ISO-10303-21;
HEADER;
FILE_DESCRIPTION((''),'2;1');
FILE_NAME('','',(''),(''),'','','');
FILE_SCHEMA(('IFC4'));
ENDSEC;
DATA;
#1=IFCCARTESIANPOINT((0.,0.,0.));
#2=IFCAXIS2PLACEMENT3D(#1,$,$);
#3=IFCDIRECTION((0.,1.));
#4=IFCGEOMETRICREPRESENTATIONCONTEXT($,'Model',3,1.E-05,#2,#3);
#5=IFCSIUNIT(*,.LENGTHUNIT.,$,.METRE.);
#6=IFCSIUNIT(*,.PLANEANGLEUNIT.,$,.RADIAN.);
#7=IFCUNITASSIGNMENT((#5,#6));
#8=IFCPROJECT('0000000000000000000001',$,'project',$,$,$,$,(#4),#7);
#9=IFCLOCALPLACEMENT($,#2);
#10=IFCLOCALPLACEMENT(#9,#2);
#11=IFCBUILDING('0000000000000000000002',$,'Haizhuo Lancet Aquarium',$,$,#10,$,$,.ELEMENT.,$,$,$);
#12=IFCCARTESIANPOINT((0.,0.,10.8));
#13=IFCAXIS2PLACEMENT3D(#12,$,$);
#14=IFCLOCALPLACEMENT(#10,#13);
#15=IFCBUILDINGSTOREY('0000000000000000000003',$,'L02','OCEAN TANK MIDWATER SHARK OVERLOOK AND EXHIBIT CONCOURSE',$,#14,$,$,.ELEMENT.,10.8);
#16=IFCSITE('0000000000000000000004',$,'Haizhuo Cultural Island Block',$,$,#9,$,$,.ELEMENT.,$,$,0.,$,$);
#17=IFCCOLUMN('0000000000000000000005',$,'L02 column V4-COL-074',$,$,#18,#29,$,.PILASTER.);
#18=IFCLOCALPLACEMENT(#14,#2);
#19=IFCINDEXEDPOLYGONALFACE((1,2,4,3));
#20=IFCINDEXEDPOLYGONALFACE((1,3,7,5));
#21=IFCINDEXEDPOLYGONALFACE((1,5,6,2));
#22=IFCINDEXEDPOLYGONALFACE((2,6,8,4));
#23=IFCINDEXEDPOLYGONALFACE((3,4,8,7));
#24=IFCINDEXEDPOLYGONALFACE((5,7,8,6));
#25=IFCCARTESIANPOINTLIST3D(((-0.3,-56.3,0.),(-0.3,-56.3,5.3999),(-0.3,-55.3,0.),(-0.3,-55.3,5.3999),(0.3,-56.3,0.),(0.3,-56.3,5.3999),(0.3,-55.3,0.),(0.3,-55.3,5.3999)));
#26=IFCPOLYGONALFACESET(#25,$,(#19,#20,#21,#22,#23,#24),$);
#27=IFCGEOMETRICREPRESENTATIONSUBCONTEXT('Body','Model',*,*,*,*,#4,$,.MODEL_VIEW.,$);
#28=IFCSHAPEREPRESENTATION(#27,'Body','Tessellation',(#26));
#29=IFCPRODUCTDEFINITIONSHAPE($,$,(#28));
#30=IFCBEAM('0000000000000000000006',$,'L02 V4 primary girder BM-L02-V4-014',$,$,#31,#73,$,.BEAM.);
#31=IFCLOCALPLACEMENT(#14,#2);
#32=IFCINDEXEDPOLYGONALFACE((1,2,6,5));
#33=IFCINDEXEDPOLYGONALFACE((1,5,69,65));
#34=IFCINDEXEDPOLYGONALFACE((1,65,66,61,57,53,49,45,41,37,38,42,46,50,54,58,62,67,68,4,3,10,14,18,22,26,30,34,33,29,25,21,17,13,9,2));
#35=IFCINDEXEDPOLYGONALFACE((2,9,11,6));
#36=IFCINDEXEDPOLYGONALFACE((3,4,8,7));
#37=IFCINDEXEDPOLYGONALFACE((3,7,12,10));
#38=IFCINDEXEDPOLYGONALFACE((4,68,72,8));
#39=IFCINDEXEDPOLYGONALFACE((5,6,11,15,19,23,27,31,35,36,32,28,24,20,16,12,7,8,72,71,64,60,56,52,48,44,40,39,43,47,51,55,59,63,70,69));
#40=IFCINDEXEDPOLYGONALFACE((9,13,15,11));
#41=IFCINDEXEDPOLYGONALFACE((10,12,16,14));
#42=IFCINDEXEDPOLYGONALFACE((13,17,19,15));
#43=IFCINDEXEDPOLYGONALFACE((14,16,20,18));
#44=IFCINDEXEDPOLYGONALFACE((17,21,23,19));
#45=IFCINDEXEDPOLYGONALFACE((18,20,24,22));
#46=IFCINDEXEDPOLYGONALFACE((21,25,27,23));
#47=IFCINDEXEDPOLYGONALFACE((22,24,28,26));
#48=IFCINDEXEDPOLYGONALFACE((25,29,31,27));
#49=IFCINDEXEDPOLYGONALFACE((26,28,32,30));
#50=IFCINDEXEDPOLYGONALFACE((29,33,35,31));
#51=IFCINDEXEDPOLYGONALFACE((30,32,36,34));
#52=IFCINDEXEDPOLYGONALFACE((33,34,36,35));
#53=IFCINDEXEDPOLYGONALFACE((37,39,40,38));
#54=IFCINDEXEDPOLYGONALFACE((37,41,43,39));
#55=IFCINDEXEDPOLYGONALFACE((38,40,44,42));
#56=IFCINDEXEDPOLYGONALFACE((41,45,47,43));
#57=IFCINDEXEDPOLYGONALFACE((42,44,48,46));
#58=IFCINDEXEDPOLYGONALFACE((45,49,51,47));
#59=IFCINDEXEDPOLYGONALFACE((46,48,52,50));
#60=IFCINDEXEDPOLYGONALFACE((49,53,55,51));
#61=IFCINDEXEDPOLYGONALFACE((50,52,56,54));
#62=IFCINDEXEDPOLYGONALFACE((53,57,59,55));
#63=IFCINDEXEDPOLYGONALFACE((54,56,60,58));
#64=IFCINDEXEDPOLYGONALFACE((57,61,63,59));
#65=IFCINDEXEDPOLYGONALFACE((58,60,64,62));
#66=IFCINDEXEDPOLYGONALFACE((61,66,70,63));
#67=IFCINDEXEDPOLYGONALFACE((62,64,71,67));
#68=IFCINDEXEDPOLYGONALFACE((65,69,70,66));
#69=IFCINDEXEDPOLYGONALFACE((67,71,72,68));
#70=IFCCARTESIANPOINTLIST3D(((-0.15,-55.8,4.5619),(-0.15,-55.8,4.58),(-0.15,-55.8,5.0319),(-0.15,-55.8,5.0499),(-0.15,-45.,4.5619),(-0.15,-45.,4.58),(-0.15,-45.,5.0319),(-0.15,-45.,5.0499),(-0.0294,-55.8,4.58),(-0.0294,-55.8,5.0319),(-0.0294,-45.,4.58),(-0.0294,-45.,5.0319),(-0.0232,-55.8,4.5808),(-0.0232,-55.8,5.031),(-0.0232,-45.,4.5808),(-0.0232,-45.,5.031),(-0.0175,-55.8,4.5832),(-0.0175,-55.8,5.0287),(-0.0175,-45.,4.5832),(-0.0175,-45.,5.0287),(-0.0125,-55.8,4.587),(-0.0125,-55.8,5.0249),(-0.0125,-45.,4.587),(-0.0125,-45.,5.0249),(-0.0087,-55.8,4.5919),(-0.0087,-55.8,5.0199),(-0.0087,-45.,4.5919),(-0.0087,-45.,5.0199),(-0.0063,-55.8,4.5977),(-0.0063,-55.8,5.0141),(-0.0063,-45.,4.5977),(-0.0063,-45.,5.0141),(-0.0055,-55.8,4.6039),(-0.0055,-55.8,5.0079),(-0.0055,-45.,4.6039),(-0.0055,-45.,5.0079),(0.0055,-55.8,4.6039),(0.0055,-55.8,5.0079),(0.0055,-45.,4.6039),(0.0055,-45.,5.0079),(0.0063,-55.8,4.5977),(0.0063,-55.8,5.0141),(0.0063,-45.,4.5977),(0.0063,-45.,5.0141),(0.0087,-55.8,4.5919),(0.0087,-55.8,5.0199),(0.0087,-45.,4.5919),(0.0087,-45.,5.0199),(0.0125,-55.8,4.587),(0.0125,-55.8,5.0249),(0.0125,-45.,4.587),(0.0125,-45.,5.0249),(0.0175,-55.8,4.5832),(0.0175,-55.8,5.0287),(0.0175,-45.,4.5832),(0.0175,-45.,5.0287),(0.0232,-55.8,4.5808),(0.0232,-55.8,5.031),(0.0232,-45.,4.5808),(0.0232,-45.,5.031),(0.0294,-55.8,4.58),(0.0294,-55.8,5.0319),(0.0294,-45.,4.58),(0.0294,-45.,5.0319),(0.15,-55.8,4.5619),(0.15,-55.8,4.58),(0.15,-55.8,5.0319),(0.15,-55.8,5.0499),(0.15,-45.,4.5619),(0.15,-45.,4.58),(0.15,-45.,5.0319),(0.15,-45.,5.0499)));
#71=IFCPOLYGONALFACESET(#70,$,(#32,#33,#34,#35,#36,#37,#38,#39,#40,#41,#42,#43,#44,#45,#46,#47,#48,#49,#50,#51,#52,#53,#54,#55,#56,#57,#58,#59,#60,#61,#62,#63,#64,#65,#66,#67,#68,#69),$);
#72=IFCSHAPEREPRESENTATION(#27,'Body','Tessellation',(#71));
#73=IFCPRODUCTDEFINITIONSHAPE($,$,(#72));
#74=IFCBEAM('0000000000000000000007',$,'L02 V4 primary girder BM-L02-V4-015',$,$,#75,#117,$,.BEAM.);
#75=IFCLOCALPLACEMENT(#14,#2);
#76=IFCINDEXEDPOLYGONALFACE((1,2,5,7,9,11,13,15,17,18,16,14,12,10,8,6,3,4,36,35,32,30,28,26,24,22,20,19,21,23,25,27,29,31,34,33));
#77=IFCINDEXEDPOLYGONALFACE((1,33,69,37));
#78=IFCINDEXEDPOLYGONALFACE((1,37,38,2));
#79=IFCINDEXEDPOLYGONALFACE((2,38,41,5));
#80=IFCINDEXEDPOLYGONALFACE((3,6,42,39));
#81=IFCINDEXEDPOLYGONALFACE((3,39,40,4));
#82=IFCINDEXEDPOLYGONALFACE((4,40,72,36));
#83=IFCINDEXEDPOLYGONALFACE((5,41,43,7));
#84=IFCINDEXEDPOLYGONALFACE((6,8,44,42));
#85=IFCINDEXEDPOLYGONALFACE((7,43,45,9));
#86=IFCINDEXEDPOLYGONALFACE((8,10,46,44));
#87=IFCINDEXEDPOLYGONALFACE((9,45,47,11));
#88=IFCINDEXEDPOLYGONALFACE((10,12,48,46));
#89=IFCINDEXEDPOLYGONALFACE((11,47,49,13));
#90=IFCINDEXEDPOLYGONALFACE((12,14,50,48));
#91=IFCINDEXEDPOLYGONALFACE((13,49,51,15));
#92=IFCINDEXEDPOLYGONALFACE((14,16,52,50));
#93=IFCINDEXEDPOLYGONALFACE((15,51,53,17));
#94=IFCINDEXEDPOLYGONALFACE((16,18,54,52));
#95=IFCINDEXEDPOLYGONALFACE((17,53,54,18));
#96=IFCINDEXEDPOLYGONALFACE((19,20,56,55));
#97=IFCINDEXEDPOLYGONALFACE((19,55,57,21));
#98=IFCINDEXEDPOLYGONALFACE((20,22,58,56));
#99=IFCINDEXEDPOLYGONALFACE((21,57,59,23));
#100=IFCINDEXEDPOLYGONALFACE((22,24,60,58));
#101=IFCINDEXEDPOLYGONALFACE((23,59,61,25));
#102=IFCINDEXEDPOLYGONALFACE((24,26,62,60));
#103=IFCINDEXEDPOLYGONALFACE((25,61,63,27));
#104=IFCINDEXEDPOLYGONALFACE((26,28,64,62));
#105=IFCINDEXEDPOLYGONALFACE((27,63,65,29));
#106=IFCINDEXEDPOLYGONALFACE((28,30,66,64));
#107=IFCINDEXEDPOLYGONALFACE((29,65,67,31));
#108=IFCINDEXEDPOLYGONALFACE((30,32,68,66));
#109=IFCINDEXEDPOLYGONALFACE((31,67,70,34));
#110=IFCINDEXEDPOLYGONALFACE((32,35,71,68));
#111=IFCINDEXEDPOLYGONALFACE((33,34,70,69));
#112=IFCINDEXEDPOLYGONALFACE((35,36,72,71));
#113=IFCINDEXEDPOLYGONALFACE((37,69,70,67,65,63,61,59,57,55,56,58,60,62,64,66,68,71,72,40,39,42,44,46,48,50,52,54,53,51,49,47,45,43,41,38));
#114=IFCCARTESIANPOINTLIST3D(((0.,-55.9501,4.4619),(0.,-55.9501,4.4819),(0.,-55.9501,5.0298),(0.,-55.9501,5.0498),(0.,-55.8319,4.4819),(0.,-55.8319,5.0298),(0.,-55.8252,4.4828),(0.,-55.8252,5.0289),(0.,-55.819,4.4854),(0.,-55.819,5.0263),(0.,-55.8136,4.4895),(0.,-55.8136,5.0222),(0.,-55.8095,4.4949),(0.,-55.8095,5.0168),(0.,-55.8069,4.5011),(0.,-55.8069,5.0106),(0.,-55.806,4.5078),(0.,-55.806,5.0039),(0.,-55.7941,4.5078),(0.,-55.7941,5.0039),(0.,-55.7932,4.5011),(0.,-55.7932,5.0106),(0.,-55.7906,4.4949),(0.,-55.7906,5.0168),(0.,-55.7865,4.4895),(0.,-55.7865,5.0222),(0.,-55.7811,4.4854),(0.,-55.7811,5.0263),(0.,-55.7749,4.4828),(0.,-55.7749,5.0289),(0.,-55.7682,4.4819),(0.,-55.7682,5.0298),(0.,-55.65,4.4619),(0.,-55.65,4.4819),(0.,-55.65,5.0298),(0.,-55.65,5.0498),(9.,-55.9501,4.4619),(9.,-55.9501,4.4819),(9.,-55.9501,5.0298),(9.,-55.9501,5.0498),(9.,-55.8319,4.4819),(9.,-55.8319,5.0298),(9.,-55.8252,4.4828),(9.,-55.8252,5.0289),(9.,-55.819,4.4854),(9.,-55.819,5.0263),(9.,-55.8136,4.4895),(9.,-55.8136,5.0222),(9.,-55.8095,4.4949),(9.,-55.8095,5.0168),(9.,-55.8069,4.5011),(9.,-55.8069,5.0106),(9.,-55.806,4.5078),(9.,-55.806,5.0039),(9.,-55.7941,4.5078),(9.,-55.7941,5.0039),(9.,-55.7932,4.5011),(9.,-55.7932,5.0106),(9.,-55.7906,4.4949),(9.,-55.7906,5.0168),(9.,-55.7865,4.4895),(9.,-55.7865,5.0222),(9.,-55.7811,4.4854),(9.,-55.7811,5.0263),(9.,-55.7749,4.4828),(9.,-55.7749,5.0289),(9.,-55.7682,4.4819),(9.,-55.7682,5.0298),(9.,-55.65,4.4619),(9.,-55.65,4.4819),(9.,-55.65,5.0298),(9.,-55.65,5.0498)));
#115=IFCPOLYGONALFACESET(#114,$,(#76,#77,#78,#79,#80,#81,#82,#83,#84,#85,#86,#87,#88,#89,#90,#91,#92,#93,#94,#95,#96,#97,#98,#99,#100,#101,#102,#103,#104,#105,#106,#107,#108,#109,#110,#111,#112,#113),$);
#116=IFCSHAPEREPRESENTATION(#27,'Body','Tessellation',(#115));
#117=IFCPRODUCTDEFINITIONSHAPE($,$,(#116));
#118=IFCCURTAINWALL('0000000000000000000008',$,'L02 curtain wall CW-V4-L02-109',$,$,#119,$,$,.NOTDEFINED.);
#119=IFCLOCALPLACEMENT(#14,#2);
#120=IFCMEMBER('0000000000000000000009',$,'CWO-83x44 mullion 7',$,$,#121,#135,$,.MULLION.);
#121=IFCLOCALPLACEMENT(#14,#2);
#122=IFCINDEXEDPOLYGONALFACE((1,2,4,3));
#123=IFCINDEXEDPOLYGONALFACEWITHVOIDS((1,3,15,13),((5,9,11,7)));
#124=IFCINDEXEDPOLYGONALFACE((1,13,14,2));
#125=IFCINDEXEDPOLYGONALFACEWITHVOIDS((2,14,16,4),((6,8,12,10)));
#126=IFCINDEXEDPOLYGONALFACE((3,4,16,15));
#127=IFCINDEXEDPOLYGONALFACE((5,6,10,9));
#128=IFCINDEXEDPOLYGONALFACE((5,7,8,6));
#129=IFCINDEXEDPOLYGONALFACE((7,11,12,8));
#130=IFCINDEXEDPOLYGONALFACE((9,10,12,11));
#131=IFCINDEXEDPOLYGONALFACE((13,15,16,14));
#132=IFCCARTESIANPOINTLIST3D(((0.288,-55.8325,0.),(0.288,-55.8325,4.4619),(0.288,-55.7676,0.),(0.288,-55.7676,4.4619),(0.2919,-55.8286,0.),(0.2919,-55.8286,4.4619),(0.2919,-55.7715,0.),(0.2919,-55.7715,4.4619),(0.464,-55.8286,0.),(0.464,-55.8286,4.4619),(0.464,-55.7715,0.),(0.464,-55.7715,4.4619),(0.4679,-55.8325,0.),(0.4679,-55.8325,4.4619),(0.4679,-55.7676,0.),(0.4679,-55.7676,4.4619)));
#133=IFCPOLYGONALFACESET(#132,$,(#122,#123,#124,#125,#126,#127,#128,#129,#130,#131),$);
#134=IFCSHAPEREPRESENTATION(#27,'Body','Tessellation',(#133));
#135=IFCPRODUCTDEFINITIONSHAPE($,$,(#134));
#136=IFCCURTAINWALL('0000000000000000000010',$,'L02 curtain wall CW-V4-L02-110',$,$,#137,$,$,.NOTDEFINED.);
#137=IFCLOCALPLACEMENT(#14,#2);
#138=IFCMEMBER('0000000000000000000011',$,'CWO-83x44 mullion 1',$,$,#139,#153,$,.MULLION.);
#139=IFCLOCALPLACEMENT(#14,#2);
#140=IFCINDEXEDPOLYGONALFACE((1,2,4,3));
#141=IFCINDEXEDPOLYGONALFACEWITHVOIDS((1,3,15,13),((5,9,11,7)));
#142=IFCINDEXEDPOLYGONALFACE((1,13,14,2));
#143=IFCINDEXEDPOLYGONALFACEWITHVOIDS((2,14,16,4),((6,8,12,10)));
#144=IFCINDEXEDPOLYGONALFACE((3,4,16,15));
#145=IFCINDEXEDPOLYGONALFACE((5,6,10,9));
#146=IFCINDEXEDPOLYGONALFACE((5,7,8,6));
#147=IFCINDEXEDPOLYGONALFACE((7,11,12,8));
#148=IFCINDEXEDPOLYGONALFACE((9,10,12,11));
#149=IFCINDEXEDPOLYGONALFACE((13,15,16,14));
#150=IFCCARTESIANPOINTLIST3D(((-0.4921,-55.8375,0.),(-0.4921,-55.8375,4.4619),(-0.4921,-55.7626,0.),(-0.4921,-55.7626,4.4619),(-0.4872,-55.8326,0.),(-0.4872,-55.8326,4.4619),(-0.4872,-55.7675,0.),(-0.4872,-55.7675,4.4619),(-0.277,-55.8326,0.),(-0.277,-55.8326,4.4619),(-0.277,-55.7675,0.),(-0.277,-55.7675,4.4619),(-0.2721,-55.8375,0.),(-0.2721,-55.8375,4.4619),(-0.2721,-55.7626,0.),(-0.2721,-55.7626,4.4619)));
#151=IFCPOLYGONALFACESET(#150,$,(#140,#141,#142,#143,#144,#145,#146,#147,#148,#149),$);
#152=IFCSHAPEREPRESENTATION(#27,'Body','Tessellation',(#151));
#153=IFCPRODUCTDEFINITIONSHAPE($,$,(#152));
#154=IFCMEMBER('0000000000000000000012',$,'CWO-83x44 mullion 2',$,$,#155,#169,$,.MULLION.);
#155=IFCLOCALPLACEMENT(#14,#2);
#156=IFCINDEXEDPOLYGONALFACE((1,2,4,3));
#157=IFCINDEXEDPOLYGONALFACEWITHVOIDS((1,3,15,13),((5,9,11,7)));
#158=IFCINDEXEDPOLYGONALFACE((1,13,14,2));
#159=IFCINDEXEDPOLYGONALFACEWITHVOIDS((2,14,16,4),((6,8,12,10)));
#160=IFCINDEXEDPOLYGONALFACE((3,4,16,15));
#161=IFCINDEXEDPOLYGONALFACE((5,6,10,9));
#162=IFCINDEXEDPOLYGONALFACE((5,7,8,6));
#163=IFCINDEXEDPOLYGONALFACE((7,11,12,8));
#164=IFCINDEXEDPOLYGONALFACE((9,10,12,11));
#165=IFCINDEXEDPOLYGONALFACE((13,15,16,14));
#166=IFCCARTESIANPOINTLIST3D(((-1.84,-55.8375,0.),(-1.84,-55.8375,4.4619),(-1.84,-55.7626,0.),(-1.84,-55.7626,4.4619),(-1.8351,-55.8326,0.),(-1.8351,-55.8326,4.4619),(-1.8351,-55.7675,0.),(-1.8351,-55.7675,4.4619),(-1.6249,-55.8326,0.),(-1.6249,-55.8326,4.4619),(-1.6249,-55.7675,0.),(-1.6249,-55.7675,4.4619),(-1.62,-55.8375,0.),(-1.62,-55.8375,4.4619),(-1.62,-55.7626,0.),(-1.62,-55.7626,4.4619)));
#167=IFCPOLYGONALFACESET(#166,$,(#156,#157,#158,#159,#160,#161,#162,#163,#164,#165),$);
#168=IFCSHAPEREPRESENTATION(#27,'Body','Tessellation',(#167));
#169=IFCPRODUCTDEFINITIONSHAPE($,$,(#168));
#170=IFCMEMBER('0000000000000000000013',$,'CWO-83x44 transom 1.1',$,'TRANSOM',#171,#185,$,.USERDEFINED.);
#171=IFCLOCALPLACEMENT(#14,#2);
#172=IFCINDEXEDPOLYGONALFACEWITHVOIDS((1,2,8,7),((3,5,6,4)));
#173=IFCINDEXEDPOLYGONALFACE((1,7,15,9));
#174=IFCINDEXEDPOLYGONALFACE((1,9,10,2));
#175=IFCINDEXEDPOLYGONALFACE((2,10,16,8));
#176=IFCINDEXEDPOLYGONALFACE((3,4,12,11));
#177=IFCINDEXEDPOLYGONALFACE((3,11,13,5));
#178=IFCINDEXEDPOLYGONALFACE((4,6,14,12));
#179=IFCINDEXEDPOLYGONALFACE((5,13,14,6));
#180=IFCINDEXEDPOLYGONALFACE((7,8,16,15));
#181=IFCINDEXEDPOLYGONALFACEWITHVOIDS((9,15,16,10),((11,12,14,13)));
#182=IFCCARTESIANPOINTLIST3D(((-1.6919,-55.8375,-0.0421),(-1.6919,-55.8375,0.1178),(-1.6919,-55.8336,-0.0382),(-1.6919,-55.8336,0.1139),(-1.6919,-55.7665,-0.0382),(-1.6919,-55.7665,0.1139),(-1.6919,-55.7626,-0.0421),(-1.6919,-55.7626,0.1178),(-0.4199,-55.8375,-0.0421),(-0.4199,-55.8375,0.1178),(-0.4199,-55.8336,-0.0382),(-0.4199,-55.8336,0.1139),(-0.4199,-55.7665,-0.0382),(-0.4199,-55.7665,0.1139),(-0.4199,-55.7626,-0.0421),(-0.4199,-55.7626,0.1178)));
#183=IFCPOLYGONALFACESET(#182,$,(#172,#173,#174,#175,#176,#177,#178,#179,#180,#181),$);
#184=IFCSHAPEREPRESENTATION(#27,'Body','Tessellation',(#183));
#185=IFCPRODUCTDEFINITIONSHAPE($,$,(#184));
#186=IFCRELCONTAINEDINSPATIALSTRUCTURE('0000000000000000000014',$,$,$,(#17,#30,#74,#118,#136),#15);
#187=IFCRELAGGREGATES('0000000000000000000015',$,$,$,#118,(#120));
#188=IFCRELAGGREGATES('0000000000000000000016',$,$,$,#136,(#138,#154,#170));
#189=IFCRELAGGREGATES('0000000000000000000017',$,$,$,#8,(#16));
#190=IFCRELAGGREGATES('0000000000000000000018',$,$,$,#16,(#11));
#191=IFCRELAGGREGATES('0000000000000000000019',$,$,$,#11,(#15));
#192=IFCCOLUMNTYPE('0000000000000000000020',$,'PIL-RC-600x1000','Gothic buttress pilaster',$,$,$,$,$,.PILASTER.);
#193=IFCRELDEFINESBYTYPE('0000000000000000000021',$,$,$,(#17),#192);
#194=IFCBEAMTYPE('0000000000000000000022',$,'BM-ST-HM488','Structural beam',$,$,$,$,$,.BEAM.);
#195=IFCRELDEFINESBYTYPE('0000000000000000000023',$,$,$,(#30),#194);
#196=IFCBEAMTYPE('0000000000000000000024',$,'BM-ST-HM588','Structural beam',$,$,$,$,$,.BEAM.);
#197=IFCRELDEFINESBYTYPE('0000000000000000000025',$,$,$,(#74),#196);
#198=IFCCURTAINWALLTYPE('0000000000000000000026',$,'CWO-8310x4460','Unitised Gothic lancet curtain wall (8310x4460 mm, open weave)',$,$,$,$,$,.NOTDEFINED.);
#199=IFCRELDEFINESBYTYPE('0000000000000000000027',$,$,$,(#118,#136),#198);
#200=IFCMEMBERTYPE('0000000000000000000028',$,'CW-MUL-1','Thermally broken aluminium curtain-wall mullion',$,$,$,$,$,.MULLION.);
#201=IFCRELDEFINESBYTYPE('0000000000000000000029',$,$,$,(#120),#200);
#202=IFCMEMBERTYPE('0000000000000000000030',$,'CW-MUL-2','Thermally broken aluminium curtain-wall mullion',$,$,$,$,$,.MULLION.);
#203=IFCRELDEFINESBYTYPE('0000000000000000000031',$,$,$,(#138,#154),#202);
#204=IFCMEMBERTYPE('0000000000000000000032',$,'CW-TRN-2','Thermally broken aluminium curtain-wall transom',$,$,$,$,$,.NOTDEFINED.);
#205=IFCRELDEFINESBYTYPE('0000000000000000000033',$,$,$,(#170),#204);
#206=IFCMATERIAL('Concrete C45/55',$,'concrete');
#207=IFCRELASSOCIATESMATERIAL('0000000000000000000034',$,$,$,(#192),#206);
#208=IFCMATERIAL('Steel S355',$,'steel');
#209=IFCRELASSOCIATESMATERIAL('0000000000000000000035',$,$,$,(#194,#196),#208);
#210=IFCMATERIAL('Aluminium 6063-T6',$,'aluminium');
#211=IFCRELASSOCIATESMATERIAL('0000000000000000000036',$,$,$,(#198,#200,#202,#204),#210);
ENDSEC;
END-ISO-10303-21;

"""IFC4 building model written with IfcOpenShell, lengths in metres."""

from ifc_helpers import new_model, si_unit, direction, frame, origin, origin_2d, place, context, subcontext, project, spatial, rectangle, hollow_rectangle, i_section, extrude, material, material_profile, profile_set, type_object, element, aggregate, save


model = new_model("IFC4")

# Units and contexts
model_context = context("Model", 3, precision=1e-05, world=origin(), true_north=direction((0.0, 1.0)))
body_context = subcontext(model_context, "Body", "Model", "MODEL_VIEW")
ifc_project = project(units=[si_unit("LENGTHUNIT", "METRE"), si_unit("PLANEANGLEUNIT", "RADIAN")], contexts=[model_context])

# Site, building, storey
site_placement = place(None, origin())
site = spatial("IfcSite", under=ifc_project, at=site_placement, Name="Haizhuo Cultural Island Block", CompositionType="ELEMENT", RefElevation=0.0)
building_placement = place(site_placement, origin())
building = spatial("IfcBuilding", under=site, at=building_placement, Name="Haizhuo Lancet Aquarium", CompositionType="ELEMENT")
storey_placement = place(building_placement, frame((0.0, 0.0, 10.8)))
storey = spatial("IfcBuildingStorey", under=building, at=storey_placement, Name="L02", Description="OCEAN TANK MIDWATER SHARK OVERLOOK AND EXHIBIT CONCOURSE", CompositionType="ELEMENT", Elevation=10.8)

# Column
ifc_material_1 = material(Name="Concrete C45/55", Category="concrete")
ifc_material_profile_1 = material_profile(ifc_material_1, rectangle(XDim=0.6001, YDim=1.0, at=origin_2d()), Name="RC-PIL 600x1000")
ifc_profile_set_1 = profile_set([ifc_material_profile_1], Name="Concrete C45/55")
column_type = type_object("IfcColumnType", Name="PIL-RC-600x1000", Description="Gothic buttress pilaster", PredefinedType="PILASTER", material=ifc_profile_set_1)
column_placement = place(storey_placement, frame((0.0, -55.8, 0.0), z_axis=(0.0, 0.0, 1.0), x_axis=(1.0, 0.0, 0.0)))
element("IfcColumn", 1, at=column_placement, inside=storey, type_object=column_type, Name="L02 column V4-COL-074", PredefinedType="PILASTER", context=body_context, shape_type="SweptSolid", body=[
    extrude(rectangle(XDim=0.6001, YDim=1.0, at=origin_2d()), origin(), (0.0, 0.0, 1.0), 5.3999),
])

# Beams
ifc_material_2 = material(Name="Steel S355", Category="steel")
ifc_material_profile_2 = material_profile(ifc_material_2, i_section(OverallWidth=0.3, OverallDepth=0.488, WebThickness=0.011, FlangeThickness=0.0181, FilletRadius=0.0239, at=origin_2d()), Name="HM 488x300x11x18")
ifc_profile_set_2 = profile_set([ifc_material_profile_2], Name="Steel S355")
beam_type_1 = type_object("IfcBeamType", Name="BM-ST-HM488", Description="Structural beam", PredefinedType="BEAM", material=ifc_profile_set_2)
beam_1_placement = place(storey_placement, frame((0.0, -55.8, 4.8059), z_axis=(0.0, 1.0, 0.0), x_axis=(-1.0, 0.0, 0.0)))
element("IfcBeam", 2, at=beam_1_placement, inside=storey, type_object=beam_type_1, Name="L02 V4 primary girder BM-L02-V4-014", PredefinedType="BEAM", context=body_context, shape_type="SweptSolid", body=[
    extrude(i_section(OverallWidth=0.3, OverallDepth=0.488, WebThickness=0.011, FlangeThickness=0.0181, FilletRadius=0.0239, at=origin_2d()), origin(), (0.0, 0.0, 1.0), 10.8),
])
ifc_material_profile_3 = material_profile(ifc_material_2, i_section(OverallWidth=0.3, OverallDepth=0.5879, WebThickness=0.012, FlangeThickness=0.02, FilletRadius=0.0259, at=origin_2d()), Name="HM 588x300x12x20")
ifc_profile_set_3 = profile_set([ifc_material_profile_3], Name="Steel S355")
beam_type_2 = type_object("IfcBeamType", Name="BM-ST-HM588", Description="Structural beam", PredefinedType="BEAM", material=ifc_profile_set_3)
beam_2_placement = place(storey_placement, frame((0.0, -55.8, 4.7559), z_axis=(1.0, 0.0, 0.0), x_axis=(0.0, 1.0, 0.0)))
element("IfcBeam", 3, at=beam_2_placement, inside=storey, type_object=beam_type_2, Name="L02 V4 primary girder BM-L02-V4-015", PredefinedType="BEAM", context=body_context, shape_type="SweptSolid", body=[
    extrude(i_section(OverallWidth=0.3, OverallDepth=0.5879, WebThickness=0.012, FlangeThickness=0.02, FilletRadius=0.0259, at=origin_2d()), origin(), (0.0, 0.0, 1.0), 9.0),
])

# Curtain wall, member
ifc_material_3 = material(Name="Aluminium 6063-T6", Category="aluminium")
curtain_wall_type = type_object("IfcCurtainWallType", Name="CWO-8310x4460", Description="Unitised Gothic lancet curtain wall (8310x4460 mm, open weave)", PredefinedType="NOTDEFINED", material=ifc_material_3)
curtain_wall_1_placement = place(storey_placement, origin())
curtain_wall_1 = element("IfcCurtainWall", 4, at=curtain_wall_1_placement, inside=storey, type_object=curtain_wall_type, Name="L02 curtain wall CW-V4-L02-109", PredefinedType="NOTDEFINED")
ifc_material_profile_4 = material_profile(ifc_material_3, hollow_rectangle(XDim=0.0649, YDim=0.1799, WallThickness=0.0039, at=origin_2d()), Name="ALU-M 65x180x4")
ifc_profile_set_4 = profile_set([ifc_material_profile_4], Name="Aluminium 6063-T6")
member_type_1 = type_object("IfcMemberType", Name="CW-MUL-1", Description="Thermally broken aluminium curtain-wall mullion", PredefinedType="MULLION", material=ifc_profile_set_4)
member_1_placement = place(storey_placement, frame((0.3779, -55.8, 0.0), z_axis=(0.0, 0.0, 1.0), x_axis=(0.0, -1.0, 0.0)))
member_1 = element("IfcMember", 5, at=member_1_placement, type_object=member_type_1, Name="CWO-83x44 mullion 7", PredefinedType="MULLION", context=body_context, shape_type="SweptSolid", body=[
    extrude(hollow_rectangle(XDim=0.0649, YDim=0.1799, WallThickness=0.0039, at=origin_2d()), origin(), (0.0, 0.0, 1.0), 4.4619),
])
aggregate(curtain_wall_1, [member_1])

# Curtain wall, members
curtain_wall_2_placement = place(storey_placement, origin())
curtain_wall_2 = element("IfcCurtainWall", 6, at=curtain_wall_2_placement, inside=storey, type_object=curtain_wall_type, Name="L02 curtain wall CW-V4-L02-110", PredefinedType="NOTDEFINED")
ifc_material_profile_5 = material_profile(ifc_material_3, hollow_rectangle(XDim=0.075, YDim=0.22, WallThickness=0.0049, at=origin_2d()), Name="ALU-M 75x220x5")
ifc_profile_set_5 = profile_set([ifc_material_profile_5], Name="Aluminium 6063-T6")
member_type_2 = type_object("IfcMemberType", Name="CW-MUL-2", Description="Thermally broken aluminium curtain-wall mullion", PredefinedType="MULLION", material=ifc_profile_set_5)
member_2_placement = place(storey_placement, frame((-0.3821, -55.8, 0.0), z_axis=(0.0, 0.0, 1.0), x_axis=(0.0, -1.0, 0.0)))
member_2 = element("IfcMember", 7, at=member_2_placement, type_object=member_type_2, Name="CWO-83x44 mullion 1", PredefinedType="MULLION", context=body_context, shape_type="SweptSolid", body=[
    extrude(hollow_rectangle(XDim=0.075, YDim=0.22, WallThickness=0.0049, at=origin_2d()), origin(), (0.0, 0.0, 1.0), 4.4619),
])
member_3_placement = place(storey_placement, frame((-1.73, -55.8, 0.0), z_axis=(0.0, 0.0, 1.0), x_axis=(0.0, -1.0, 0.0)))
member_3 = element("IfcMember", 8, at=member_3_placement, type_object=member_type_2, Name="CWO-83x44 mullion 2", PredefinedType="MULLION", context=body_context, shape_type="SweptSolid", body=[
    extrude(hollow_rectangle(XDim=0.075, YDim=0.22, WallThickness=0.0049, at=origin_2d()), origin(), (0.0, 0.0, 1.0), 4.4619),
])
ifc_material_profile_6 = material_profile(ifc_material_3, hollow_rectangle(XDim=0.075, YDim=0.1599, WallThickness=0.0039, at=origin_2d()), Name="ALU-T 75x160x4")
ifc_profile_set_6 = profile_set([ifc_material_profile_6], Name="Aluminium 6063-T6")
member_type_3 = type_object("IfcMemberType", Name="CW-TRN-2", Description="Thermally broken aluminium curtain-wall transom", PredefinedType="NOTDEFINED", material=ifc_profile_set_6)
member_4_placement = place(storey_placement, frame((-0.4199, -55.8, 0.0378), z_axis=(-1.0, 0.0, 0.0), x_axis=(0.0, -1.0, 0.0)))
member_4 = element("IfcMember", 9, at=member_4_placement, type_object=member_type_3, Name="CWO-83x44 transom 1.1", ObjectType="TRANSOM", PredefinedType="USERDEFINED", context=body_context, shape_type="SweptSolid", body=[
    extrude(hollow_rectangle(XDim=0.075, YDim=0.1599, WallThickness=0.0039, at=origin_2d()), origin(), (0.0, 0.0, 1.0), 1.272),
])

aggregate(curtain_wall_2, [member_2, member_3, member_4])

save(model, "model.ifc")
